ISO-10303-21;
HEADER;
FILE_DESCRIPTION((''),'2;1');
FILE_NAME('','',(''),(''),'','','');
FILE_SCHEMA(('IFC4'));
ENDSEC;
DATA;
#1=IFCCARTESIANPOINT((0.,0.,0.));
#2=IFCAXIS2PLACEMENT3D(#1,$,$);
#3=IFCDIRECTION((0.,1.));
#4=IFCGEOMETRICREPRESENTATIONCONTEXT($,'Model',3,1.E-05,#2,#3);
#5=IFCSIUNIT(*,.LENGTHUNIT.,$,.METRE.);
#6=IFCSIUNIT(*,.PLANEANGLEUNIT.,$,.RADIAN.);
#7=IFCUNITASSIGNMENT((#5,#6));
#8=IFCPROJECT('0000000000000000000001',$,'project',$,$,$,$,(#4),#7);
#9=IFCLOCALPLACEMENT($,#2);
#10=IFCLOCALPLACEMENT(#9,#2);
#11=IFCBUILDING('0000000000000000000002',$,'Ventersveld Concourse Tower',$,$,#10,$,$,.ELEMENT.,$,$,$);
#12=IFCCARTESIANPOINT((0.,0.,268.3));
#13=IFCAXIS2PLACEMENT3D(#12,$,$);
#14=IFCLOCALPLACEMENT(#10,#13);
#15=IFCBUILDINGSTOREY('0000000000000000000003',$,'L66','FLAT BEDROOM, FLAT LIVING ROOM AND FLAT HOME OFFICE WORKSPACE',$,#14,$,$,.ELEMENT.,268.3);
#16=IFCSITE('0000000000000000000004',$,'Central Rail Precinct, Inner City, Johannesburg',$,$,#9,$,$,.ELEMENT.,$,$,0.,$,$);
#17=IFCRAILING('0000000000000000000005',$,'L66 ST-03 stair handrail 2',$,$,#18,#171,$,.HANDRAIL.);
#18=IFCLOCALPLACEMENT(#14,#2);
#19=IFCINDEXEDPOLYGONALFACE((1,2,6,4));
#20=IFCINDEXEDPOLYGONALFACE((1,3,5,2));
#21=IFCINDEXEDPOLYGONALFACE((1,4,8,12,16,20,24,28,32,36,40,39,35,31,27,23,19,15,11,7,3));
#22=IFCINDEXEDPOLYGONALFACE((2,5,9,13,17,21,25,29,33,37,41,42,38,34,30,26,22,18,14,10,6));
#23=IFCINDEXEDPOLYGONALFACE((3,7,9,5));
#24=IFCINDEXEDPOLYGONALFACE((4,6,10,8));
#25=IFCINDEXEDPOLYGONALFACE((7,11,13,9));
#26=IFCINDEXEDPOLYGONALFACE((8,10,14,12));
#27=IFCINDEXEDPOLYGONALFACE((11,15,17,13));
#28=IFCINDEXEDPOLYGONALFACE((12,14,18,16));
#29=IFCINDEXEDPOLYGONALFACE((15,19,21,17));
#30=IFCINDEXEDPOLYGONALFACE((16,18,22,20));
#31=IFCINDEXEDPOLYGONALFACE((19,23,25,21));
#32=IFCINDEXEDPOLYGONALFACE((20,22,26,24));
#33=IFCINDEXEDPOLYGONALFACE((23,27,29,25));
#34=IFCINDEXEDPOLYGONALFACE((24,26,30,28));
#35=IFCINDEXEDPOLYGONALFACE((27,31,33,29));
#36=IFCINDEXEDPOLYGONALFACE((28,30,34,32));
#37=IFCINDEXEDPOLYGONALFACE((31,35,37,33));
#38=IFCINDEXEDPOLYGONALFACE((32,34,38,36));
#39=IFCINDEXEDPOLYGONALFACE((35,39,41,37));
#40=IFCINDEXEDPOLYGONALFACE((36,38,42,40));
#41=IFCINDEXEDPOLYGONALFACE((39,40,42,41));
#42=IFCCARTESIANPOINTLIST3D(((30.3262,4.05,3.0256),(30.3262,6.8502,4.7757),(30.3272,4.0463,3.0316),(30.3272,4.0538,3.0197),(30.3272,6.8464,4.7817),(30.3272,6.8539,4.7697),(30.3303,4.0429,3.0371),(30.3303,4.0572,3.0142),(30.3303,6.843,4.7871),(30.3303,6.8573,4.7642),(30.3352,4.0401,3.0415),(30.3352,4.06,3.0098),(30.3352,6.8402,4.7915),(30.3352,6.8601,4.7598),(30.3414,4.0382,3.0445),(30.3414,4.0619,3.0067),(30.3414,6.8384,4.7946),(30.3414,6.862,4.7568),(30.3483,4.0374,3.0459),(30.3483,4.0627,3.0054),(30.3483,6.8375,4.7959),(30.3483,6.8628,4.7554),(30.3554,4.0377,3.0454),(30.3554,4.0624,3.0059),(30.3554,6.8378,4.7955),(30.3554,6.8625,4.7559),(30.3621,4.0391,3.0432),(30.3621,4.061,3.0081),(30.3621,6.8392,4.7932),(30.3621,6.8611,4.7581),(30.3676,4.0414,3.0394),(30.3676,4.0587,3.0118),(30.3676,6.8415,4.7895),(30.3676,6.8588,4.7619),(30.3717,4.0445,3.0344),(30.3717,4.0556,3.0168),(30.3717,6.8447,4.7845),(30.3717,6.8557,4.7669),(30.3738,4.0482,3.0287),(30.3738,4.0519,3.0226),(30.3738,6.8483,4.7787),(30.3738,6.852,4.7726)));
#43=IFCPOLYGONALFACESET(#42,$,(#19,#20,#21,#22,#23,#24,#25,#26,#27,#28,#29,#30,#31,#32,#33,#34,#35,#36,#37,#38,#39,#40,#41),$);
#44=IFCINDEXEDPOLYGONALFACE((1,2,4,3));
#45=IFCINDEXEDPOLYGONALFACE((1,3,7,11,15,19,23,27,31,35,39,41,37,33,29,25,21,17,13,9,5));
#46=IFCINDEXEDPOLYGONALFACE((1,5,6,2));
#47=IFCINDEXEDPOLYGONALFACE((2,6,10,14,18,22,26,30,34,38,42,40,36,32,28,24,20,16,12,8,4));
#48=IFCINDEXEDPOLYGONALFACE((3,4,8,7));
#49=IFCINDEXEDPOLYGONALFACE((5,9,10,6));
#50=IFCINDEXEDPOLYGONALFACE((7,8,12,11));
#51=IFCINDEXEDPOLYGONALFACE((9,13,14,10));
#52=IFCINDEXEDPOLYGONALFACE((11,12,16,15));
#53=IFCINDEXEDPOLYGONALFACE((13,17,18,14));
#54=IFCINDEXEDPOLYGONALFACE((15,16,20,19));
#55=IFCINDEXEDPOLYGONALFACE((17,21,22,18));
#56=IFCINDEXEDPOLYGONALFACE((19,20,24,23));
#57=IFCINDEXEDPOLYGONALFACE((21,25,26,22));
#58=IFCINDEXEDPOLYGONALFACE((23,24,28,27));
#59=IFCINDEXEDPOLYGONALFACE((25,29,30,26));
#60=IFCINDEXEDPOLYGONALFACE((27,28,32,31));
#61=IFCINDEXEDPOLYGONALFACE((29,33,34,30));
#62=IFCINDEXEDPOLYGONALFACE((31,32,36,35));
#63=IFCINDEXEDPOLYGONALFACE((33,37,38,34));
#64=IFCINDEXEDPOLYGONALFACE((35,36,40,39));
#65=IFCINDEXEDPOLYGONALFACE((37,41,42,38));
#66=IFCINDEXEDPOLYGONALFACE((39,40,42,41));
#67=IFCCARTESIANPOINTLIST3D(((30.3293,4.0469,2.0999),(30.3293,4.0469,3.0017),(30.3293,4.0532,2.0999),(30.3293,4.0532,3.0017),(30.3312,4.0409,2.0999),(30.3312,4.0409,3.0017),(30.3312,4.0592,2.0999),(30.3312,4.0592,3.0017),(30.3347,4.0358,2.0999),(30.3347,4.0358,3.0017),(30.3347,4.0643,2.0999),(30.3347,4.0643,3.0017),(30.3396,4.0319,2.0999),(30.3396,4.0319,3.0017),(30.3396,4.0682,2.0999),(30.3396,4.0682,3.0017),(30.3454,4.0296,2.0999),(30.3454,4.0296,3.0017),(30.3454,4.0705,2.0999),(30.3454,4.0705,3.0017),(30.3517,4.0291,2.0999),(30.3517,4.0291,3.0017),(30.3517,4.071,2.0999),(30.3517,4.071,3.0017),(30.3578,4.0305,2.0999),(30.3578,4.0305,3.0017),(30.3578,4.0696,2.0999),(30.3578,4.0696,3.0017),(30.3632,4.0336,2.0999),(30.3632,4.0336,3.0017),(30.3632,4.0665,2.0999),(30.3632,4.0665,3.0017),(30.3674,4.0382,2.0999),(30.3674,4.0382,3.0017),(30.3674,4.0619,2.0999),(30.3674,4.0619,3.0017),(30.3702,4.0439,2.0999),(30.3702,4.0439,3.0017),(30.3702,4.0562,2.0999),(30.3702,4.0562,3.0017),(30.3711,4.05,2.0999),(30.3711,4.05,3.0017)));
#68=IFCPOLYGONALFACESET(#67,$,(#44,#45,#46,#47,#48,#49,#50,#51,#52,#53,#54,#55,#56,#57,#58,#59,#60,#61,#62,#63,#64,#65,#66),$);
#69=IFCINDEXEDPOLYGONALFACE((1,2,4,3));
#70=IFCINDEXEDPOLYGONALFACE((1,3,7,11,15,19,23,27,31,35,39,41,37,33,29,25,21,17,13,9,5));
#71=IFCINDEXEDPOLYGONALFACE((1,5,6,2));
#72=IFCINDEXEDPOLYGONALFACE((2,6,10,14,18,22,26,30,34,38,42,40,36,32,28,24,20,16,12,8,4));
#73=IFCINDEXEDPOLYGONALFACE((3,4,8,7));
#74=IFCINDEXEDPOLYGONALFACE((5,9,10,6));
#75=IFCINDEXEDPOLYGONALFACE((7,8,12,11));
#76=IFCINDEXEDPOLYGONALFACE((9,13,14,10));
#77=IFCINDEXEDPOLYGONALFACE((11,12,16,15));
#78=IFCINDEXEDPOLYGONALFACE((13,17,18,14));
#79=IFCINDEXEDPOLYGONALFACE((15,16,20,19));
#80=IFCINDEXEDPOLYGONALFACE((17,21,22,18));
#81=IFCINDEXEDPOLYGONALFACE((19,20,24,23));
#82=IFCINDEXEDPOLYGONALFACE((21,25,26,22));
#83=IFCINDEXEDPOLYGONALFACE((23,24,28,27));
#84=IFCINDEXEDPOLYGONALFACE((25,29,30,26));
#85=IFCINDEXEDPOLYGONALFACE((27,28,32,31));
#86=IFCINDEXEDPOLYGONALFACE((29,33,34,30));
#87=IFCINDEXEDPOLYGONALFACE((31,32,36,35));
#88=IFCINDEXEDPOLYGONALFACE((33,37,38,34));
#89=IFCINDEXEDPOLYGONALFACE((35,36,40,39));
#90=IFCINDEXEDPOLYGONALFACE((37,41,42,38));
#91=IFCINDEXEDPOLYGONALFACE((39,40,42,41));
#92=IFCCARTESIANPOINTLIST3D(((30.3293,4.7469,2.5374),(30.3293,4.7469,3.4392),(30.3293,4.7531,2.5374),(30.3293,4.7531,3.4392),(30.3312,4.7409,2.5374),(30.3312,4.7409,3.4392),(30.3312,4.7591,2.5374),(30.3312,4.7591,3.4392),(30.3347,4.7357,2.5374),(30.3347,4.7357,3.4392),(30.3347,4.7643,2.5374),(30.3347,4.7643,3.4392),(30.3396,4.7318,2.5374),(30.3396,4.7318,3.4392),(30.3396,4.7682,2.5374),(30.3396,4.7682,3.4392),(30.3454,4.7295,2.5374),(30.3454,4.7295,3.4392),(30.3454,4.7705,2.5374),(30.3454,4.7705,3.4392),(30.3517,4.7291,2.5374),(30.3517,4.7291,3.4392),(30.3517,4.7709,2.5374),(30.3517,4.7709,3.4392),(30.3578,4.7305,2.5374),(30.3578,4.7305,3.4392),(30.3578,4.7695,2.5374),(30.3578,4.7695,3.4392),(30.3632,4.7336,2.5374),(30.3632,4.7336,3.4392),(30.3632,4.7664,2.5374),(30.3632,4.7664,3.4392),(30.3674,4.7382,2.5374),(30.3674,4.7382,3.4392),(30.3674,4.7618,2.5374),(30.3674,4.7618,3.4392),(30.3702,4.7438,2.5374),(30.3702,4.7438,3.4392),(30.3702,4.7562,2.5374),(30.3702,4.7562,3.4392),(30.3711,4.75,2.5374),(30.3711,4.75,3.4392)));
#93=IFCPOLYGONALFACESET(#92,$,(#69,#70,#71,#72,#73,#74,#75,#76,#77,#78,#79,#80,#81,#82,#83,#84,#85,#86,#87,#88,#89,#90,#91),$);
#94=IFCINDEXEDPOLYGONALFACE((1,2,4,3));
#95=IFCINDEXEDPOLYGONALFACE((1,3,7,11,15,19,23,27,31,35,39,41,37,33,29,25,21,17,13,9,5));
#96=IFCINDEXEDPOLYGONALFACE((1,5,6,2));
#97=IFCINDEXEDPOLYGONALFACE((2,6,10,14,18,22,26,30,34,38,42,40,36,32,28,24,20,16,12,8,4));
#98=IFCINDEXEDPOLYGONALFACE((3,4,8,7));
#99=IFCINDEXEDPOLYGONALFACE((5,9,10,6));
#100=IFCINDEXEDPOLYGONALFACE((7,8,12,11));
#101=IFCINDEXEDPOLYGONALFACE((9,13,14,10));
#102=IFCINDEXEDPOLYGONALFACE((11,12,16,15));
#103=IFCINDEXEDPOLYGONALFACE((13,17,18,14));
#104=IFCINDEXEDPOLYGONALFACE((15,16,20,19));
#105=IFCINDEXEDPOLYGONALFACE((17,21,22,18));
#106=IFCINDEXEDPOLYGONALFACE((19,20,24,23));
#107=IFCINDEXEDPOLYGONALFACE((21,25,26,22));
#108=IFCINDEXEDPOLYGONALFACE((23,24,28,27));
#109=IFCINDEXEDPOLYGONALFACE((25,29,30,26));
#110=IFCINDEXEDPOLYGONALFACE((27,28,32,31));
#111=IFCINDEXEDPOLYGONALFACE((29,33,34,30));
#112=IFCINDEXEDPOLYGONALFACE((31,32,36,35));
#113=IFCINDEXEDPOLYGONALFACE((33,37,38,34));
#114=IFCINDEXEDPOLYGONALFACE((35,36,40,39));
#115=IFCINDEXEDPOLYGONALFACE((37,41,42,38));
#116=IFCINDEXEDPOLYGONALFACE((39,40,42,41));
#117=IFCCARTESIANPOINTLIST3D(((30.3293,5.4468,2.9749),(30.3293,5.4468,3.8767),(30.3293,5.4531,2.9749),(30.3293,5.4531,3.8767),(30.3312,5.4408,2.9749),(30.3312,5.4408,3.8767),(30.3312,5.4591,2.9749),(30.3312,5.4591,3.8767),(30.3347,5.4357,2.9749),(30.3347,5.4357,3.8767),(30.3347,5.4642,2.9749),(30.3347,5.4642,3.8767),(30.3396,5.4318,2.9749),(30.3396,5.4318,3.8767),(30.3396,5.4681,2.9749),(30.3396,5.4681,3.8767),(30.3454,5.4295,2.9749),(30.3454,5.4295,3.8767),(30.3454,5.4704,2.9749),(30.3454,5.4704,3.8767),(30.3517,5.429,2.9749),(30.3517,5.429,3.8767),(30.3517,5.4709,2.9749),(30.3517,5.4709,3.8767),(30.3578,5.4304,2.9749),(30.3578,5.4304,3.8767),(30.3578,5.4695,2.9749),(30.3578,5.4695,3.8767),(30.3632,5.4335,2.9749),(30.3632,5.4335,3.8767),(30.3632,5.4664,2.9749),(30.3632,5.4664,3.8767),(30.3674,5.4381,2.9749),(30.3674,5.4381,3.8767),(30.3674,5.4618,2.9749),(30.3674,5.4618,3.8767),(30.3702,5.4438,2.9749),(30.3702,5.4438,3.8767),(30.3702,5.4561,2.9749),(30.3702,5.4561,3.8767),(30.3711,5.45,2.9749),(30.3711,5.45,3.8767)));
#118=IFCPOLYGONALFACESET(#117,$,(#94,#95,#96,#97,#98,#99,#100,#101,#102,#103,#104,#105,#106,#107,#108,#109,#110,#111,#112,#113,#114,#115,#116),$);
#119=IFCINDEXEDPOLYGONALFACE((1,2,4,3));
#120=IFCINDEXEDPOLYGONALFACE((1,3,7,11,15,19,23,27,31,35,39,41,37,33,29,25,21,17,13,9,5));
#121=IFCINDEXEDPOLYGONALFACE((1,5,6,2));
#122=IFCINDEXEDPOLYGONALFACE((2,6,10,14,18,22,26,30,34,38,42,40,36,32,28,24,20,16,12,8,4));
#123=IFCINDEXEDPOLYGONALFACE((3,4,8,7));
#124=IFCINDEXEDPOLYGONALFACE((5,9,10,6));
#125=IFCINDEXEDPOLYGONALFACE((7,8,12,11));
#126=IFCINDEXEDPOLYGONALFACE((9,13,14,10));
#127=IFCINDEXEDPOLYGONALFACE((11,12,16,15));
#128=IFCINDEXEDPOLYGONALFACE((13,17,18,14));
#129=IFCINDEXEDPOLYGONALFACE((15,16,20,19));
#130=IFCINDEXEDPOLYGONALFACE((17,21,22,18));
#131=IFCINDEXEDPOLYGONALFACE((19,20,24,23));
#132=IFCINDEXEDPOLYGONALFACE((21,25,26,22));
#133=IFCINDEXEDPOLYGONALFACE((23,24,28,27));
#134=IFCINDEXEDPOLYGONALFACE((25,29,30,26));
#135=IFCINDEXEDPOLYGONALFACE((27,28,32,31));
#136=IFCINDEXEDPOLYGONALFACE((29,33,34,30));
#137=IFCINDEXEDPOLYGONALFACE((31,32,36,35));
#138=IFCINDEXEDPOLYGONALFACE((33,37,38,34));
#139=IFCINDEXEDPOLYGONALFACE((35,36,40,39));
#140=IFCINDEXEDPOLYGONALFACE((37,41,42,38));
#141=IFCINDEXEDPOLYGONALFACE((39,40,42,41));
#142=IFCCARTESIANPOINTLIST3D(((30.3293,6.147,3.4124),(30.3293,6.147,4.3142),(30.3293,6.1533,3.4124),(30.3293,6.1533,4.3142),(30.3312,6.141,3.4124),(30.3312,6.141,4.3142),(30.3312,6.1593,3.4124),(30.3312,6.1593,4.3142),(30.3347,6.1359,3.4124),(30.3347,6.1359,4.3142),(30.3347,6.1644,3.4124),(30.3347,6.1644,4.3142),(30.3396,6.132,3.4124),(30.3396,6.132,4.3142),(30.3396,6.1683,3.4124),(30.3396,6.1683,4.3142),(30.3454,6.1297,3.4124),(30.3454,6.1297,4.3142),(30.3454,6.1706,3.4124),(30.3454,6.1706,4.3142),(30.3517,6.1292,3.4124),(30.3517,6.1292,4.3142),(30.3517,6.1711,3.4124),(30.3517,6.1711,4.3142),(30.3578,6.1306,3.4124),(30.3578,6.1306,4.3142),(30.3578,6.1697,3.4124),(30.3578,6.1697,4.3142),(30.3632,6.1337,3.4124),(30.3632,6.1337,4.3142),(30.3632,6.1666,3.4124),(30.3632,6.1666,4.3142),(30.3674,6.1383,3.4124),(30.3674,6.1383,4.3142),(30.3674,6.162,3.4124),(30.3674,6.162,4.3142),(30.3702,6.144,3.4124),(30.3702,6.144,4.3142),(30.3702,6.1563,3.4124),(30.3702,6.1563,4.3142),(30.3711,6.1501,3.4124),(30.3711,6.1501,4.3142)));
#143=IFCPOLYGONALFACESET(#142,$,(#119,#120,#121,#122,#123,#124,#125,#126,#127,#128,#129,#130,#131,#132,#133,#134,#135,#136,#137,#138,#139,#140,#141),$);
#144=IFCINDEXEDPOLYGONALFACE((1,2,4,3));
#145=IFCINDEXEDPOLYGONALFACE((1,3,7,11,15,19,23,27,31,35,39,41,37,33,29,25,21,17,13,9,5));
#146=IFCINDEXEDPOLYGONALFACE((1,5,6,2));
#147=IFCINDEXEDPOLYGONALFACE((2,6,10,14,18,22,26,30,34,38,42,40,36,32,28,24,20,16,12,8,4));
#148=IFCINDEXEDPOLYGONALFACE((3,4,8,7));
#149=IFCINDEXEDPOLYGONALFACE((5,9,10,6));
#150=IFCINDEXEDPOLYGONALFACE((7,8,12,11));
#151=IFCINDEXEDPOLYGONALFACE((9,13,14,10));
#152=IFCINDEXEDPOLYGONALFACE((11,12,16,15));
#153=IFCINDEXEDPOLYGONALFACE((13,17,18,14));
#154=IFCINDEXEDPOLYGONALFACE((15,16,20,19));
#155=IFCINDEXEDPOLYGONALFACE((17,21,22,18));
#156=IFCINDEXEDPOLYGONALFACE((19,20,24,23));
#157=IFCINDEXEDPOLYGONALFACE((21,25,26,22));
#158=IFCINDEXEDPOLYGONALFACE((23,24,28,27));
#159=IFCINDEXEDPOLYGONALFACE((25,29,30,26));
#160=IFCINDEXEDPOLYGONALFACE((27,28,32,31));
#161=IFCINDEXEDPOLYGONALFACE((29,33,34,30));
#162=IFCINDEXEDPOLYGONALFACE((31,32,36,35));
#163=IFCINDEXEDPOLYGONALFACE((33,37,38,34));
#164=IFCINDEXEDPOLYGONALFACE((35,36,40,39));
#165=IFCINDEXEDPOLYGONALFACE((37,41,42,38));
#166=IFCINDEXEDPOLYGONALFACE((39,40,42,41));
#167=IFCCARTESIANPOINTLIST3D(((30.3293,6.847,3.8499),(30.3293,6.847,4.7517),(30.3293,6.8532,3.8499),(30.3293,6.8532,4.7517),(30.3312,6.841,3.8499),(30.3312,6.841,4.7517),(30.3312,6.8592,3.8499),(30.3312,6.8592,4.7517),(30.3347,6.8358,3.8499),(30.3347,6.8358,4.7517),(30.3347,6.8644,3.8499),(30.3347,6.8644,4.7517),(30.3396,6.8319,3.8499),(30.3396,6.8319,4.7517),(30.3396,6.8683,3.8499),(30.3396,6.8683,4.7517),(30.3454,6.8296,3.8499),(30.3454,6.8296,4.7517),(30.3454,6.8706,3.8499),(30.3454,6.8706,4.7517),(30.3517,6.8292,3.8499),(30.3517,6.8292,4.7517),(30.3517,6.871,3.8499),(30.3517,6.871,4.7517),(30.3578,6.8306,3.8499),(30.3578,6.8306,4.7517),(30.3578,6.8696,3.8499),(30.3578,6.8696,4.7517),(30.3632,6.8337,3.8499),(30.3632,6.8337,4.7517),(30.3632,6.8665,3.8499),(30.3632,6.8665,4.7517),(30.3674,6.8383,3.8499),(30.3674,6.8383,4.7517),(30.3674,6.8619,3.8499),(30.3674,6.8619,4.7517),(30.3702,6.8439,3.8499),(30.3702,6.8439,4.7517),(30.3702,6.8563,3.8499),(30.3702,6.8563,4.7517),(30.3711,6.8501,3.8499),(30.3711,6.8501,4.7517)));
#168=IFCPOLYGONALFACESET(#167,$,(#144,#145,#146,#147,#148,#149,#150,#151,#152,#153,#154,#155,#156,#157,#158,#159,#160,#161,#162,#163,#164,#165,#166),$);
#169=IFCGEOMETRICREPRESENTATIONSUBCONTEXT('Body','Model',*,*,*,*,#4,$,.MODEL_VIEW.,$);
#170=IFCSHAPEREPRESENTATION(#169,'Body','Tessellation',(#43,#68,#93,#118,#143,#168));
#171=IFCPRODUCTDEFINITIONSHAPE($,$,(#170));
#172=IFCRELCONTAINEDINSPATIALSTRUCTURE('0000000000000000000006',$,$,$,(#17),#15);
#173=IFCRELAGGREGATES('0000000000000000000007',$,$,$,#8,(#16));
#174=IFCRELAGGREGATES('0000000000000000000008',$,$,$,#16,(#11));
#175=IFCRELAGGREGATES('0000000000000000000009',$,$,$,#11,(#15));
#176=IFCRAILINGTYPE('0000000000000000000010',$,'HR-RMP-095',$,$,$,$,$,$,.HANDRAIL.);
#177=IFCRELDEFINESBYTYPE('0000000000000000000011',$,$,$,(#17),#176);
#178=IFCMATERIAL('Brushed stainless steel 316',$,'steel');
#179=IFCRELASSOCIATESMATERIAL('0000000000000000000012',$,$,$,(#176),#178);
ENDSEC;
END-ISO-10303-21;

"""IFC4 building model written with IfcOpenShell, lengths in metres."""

from ifc_helpers import new_model, si_unit, direction, frame, origin, origin_2d, place, context, subcontext, project, spatial, circle, extrude, material, type_object, element, save


model = new_model("IFC4")

# Units and contexts
model_context = context("Model", 3, precision=1e-05, world=origin(), true_north=direction((0.0, 1.0)))
body_context = subcontext(model_context, "Body", "Model", "MODEL_VIEW")
ifc_project = project(units=[si_unit("LENGTHUNIT", "METRE"), si_unit("PLANEANGLEUNIT", "RADIAN")], contexts=[model_context])

# Site, building, storey
site_placement = place(None, origin())
site = spatial("IfcSite", under=ifc_project, at=site_placement, Name="Central Rail Precinct, Inner City, Johannesburg", CompositionType="ELEMENT", RefElevation=0.0)
building_placement = place(site_placement, origin())
building = spatial("IfcBuilding", under=site, at=building_placement, Name="Ventersveld Concourse Tower", CompositionType="ELEMENT")
storey_placement = place(building_placement, frame((0.0, 0.0, 268.3)))
storey = spatial("IfcBuildingStorey", under=building, at=storey_placement, Name="L66", Description="FLAT BEDROOM, FLAT LIVING ROOM AND FLAT HOME OFFICE WORKSPACE", CompositionType="ELEMENT", Elevation=268.3)

# Shared definitions
ifc_material_1 = material(Name="Brushed stainless steel 316", Category="steel")

# Railing
railing_type = type_object("IfcRailingType", Name="HR-RMP-095", PredefinedType="HANDRAIL", material=ifc_material_1)
railing_placement = place(storey_placement, frame((30.3501, 4.05, 2.0999)))
element("IfcRailing", 1, at=railing_placement, inside=storey, type_object=railing_type, Name="L66 ST-03 stair handrail 2", PredefinedType="HANDRAIL", context=body_context, shape_type="SweptSolid", body=[
    extrude(circle(Radius=0.0239, at=origin_2d()), frame((0.0, 0.0, 0.9258), z_axis=(0.0, 0.848002, 0.529992), x_axis=(-1.0, 0.0, 0.0)), (0.0, 0.0, 1.0), 3.302),
    extrude(circle(Radius=0.021, at=origin_2d()), origin(), (0.0, 0.0, 1.0), 0.9019),
    extrude(circle(Radius=0.021, at=origin_2d()), frame((0.0, 0.7, 0.4375)), (0.0, 0.0, 1.0), 0.9019),
    extrude(circle(Radius=0.021, at=origin_2d()), frame((0.0, 1.3999, 0.875)), (0.0, 0.0, 1.0), 0.9019),
    extrude(circle(Radius=0.021, at=origin_2d()), frame((0.0, 2.1001, 1.3125)), (0.0, 0.0, 1.0), 0.9019),
    extrude(circle(Radius=0.021, at=origin_2d()), frame((0.0, 2.8, 1.75)), (0.0, 0.0, 1.0), 0.9019),
])

save(model, "model.ifc")
